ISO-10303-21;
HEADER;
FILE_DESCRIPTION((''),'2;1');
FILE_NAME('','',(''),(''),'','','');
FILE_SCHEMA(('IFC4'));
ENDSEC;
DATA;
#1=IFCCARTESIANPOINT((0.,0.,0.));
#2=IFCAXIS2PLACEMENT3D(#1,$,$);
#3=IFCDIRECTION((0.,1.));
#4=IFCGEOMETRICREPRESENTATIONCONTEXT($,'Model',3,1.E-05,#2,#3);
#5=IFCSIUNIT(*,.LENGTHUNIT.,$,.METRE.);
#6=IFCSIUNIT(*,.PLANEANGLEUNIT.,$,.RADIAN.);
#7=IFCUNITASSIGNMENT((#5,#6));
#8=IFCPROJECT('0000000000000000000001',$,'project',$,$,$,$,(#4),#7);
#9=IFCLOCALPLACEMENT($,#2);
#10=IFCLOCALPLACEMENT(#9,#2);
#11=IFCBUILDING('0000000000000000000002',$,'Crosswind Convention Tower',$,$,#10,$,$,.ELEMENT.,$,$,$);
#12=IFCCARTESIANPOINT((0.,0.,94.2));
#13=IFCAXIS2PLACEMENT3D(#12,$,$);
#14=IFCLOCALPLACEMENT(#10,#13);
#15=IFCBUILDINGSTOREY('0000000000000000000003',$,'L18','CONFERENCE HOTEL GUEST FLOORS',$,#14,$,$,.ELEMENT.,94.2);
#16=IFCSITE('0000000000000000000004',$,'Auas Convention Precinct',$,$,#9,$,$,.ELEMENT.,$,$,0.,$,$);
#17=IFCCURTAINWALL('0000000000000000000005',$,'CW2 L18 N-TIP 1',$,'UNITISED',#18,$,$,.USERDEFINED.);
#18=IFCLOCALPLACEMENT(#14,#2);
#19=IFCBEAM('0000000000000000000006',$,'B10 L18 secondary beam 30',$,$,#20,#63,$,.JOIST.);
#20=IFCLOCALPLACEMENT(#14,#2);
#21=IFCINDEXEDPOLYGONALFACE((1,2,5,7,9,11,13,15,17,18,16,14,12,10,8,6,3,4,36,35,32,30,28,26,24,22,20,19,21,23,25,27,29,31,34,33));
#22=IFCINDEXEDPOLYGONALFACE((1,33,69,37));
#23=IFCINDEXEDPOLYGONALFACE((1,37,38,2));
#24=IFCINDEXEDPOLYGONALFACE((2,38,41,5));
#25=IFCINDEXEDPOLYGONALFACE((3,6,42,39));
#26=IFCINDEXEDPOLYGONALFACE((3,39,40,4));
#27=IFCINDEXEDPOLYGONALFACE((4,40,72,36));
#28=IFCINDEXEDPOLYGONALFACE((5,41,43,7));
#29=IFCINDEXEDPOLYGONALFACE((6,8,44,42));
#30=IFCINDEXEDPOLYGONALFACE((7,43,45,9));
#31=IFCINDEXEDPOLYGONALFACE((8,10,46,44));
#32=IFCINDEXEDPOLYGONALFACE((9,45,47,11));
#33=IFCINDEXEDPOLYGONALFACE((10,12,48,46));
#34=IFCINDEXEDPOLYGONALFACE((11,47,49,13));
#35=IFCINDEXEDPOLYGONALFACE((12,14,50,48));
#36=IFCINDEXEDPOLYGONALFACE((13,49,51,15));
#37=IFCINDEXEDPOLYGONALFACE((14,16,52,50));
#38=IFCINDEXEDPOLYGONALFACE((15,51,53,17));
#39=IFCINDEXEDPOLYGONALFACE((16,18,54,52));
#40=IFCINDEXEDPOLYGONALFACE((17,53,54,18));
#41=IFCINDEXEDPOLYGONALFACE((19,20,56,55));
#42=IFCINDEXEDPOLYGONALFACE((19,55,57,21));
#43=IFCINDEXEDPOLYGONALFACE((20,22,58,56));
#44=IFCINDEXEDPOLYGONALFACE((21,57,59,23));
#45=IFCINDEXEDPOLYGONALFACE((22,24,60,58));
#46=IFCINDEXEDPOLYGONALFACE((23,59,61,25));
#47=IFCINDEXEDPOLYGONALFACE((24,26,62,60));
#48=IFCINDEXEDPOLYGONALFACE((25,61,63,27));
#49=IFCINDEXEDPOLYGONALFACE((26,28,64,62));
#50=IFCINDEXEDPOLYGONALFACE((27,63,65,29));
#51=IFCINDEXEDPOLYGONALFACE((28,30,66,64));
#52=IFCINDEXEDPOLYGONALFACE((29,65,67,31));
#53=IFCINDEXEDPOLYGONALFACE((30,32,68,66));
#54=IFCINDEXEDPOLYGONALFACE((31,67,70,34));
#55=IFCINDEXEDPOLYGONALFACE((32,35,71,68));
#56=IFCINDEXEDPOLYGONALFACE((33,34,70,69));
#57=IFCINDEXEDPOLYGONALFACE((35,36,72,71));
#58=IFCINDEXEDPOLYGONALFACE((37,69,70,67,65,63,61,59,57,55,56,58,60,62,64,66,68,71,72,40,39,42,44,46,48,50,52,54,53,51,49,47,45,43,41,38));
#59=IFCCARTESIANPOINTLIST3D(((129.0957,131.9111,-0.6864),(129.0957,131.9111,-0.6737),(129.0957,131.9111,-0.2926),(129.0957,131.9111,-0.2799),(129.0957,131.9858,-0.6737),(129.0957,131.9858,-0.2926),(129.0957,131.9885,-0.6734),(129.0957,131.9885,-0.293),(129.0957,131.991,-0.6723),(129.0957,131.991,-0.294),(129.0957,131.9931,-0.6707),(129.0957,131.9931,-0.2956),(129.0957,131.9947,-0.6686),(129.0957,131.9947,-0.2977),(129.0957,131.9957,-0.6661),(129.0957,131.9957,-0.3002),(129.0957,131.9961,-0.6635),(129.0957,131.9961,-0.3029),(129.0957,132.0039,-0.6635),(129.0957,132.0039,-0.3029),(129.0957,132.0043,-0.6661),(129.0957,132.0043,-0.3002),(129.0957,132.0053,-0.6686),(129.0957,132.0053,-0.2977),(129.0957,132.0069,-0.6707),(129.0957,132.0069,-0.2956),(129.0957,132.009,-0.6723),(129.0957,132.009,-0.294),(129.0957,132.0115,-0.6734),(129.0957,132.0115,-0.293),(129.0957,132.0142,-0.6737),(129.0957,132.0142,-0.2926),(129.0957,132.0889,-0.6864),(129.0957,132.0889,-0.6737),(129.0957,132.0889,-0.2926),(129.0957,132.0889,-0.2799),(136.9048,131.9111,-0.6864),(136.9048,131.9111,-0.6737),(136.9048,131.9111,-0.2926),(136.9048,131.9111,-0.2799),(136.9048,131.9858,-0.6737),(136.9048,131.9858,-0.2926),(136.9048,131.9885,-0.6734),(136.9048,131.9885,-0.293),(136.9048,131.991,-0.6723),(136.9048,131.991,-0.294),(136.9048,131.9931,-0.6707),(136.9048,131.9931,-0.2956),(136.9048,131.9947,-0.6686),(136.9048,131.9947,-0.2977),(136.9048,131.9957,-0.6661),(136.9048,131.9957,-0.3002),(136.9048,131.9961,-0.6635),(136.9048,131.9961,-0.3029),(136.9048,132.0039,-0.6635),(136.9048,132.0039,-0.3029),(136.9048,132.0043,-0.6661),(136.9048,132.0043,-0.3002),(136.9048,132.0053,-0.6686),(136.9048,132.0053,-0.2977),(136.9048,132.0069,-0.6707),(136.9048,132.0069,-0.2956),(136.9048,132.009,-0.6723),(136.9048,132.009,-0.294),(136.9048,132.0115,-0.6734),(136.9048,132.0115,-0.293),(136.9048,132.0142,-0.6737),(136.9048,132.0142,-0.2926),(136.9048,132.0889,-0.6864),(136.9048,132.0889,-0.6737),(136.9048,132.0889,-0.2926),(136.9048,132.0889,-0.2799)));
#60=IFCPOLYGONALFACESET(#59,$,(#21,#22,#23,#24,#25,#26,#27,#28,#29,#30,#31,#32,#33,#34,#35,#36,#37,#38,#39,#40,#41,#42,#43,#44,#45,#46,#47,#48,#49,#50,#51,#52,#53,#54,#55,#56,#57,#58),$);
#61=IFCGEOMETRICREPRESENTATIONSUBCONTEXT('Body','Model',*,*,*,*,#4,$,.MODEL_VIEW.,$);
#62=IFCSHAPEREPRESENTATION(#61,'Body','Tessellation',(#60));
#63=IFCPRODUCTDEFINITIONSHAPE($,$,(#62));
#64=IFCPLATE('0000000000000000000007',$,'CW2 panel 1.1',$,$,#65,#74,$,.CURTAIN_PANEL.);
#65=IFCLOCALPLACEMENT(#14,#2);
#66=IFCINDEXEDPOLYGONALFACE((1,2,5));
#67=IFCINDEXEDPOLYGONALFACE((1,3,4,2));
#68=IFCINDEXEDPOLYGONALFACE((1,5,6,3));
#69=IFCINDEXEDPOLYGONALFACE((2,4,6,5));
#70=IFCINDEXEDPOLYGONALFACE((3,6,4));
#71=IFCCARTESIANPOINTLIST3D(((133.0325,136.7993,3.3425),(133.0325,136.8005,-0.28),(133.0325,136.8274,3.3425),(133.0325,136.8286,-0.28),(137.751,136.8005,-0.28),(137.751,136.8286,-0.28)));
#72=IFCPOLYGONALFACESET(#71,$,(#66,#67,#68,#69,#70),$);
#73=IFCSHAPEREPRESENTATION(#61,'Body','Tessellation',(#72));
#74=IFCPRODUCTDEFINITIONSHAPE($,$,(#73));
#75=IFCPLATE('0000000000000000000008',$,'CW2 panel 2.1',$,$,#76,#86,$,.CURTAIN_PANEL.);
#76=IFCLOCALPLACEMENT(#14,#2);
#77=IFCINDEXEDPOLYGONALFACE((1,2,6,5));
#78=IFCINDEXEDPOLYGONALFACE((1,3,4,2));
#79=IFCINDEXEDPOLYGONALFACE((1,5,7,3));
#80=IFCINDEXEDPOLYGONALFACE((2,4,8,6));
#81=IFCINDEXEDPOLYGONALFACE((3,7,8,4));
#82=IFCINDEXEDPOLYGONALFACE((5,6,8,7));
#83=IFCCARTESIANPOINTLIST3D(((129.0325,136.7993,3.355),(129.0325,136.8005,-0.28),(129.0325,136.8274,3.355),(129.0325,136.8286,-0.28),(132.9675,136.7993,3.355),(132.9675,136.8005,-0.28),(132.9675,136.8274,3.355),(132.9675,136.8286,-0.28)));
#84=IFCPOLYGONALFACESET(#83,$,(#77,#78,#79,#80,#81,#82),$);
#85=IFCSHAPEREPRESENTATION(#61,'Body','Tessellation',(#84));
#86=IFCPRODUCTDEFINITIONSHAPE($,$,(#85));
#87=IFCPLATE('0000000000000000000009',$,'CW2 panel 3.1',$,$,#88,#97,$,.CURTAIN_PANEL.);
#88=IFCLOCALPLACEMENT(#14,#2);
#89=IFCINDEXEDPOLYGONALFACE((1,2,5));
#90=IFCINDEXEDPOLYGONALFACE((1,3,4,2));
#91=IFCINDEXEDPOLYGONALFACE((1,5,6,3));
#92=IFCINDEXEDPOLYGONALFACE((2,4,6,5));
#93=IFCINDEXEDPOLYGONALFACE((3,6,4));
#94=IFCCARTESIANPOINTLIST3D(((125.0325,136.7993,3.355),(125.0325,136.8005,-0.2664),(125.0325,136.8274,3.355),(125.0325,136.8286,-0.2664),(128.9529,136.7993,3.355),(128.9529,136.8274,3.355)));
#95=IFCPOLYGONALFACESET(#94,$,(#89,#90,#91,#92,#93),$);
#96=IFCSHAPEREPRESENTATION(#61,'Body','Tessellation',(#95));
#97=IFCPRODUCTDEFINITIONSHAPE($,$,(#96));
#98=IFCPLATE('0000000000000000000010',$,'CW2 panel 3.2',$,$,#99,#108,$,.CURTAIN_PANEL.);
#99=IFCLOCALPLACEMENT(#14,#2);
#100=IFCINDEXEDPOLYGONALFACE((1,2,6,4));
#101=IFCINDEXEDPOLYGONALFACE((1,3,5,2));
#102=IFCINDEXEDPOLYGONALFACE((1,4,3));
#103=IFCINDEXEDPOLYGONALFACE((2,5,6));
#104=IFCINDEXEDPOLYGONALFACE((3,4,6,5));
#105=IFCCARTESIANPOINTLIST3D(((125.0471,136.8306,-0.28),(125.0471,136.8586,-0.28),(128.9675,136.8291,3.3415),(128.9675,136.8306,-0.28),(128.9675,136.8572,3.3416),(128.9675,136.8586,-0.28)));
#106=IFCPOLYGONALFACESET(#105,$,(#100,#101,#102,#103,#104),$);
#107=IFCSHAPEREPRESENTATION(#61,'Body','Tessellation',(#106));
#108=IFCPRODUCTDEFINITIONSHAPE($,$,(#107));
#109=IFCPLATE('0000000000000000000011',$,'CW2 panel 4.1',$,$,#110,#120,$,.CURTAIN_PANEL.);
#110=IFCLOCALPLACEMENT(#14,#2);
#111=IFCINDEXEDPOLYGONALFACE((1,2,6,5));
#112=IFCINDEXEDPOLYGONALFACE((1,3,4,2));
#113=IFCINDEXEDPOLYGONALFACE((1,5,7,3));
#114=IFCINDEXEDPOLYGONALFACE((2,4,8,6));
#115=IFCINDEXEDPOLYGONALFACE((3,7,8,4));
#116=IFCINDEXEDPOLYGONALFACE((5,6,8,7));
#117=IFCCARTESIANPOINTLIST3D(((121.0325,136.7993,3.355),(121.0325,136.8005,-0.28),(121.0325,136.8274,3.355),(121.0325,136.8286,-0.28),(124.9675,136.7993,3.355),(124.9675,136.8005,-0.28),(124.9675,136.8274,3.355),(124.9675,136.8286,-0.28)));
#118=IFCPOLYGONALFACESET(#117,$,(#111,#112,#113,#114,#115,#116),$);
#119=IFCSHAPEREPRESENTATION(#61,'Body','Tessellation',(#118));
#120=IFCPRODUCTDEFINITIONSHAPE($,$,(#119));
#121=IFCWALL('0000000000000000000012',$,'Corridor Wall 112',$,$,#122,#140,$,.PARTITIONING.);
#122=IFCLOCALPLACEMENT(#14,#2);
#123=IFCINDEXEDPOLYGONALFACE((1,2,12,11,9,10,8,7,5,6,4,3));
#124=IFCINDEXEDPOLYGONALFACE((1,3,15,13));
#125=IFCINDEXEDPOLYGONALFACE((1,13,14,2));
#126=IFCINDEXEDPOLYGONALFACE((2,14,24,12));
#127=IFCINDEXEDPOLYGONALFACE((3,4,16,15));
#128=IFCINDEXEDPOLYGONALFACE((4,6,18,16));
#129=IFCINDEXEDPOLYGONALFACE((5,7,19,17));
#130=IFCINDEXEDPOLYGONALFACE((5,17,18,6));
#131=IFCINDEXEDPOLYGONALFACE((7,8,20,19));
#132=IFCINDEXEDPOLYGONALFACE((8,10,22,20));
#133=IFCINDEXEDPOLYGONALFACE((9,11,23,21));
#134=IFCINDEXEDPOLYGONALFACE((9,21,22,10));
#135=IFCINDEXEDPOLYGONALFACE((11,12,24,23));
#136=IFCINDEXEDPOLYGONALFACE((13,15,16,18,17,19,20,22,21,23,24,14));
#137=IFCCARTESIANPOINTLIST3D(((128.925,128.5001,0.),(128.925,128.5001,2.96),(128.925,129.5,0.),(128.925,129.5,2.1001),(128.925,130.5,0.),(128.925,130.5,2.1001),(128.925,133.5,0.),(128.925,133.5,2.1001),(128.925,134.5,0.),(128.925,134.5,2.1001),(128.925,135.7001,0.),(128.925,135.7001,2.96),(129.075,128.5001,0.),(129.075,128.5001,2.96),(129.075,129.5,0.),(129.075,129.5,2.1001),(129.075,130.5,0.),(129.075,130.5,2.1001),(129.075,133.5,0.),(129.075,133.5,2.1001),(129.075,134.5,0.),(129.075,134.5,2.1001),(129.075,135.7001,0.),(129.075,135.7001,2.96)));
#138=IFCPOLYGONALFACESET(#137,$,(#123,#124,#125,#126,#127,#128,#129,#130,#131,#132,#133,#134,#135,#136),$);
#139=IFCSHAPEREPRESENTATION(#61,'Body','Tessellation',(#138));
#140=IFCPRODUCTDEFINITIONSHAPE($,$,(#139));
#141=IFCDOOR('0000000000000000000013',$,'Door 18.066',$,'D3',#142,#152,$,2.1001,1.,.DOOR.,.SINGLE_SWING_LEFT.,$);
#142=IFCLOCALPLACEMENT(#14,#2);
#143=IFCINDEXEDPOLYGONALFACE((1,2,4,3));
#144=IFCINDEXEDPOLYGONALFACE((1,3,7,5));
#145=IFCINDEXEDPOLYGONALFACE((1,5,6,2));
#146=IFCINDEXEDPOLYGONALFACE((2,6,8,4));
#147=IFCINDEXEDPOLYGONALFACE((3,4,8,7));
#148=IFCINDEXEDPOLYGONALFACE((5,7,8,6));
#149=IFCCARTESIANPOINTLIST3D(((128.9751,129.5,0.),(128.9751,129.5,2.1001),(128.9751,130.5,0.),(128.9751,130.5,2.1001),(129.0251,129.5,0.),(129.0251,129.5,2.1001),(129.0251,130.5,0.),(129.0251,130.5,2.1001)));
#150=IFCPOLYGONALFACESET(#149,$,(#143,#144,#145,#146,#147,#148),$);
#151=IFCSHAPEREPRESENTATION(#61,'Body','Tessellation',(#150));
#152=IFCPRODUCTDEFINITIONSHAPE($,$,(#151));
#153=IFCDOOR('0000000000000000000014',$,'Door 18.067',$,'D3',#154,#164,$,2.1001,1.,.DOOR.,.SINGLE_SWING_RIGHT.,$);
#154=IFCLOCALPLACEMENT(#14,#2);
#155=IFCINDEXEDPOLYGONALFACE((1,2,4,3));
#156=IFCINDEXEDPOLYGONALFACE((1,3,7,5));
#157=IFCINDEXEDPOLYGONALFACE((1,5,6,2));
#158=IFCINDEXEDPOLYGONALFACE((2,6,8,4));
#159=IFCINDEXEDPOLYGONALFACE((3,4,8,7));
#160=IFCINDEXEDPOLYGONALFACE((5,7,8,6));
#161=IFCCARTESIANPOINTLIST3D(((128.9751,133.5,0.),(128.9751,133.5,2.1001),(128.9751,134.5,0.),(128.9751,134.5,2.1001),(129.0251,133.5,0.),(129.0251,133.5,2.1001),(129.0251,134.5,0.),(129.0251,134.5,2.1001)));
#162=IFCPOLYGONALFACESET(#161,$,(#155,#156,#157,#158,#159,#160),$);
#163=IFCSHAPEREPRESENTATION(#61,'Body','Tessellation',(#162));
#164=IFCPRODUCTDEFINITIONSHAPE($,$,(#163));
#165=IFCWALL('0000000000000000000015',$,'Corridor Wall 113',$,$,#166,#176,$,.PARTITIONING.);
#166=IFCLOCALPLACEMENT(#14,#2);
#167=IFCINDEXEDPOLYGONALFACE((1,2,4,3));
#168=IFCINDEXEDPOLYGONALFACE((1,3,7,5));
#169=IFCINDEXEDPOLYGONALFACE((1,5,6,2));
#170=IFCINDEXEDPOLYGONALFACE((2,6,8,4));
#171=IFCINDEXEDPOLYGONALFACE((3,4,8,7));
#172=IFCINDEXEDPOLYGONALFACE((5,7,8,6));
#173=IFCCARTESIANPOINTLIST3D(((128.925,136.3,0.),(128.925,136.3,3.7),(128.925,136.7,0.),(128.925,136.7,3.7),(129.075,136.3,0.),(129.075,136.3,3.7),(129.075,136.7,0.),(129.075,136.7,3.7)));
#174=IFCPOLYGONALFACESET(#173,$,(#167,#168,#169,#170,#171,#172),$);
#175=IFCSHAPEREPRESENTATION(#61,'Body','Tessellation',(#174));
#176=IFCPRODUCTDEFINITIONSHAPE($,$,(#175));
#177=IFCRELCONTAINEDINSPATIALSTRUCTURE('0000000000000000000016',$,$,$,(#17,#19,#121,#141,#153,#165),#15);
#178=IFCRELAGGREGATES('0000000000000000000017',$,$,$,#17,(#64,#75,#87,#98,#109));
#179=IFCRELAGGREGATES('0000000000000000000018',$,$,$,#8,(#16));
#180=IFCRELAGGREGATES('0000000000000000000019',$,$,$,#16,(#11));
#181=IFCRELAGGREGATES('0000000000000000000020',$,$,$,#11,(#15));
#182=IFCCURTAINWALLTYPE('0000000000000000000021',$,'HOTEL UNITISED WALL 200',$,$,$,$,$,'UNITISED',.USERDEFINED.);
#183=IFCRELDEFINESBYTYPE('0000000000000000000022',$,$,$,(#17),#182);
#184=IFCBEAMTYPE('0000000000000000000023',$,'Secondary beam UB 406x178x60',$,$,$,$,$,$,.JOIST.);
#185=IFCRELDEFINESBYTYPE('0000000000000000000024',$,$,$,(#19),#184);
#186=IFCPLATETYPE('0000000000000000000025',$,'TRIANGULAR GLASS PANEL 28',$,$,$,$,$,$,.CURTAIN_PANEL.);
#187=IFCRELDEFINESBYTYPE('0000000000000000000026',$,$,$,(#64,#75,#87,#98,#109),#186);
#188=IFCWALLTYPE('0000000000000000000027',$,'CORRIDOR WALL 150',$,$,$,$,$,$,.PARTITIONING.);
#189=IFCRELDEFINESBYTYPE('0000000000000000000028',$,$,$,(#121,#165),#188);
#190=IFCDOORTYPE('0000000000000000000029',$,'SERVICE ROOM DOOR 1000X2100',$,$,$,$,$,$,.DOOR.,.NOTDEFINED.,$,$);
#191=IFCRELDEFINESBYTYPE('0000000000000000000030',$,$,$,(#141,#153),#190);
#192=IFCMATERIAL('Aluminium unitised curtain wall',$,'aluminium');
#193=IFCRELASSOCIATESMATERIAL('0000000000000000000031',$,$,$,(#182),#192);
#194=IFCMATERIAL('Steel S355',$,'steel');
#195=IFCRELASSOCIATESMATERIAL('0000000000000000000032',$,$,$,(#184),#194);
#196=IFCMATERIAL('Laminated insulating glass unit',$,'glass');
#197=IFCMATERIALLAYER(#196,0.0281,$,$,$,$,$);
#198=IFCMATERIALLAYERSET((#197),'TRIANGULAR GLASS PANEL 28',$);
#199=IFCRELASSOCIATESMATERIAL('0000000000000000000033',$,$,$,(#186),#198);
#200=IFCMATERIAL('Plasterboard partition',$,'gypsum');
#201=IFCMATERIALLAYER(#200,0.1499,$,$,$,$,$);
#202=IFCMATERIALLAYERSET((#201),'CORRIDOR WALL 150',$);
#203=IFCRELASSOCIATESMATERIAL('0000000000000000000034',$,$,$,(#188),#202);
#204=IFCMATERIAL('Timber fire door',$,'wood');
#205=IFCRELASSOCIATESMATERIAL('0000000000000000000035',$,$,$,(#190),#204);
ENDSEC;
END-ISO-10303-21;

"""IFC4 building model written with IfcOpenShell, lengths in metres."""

from ifc_helpers import new_model, si_unit, direction, frame, frame_2d, origin, origin_2d, place, context, subcontext, project, spatial, polyline, rectangle, i_section, outline, extrude, material, layer, layer_set, material_profile, profile_set, type_object, element, fill, aggregate, save


model = new_model("IFC4")

# Units and contexts
model_context = context("Model", 3, precision=1e-05, world=origin(), true_north=direction((0.0, 1.0)))
body_context = subcontext(model_context, "Body", "Model", "MODEL_VIEW")
ifc_project = project(units=[si_unit("LENGTHUNIT", "METRE"), si_unit("PLANEANGLEUNIT", "RADIAN")], contexts=[model_context])

# Site, building, storey
site_placement = place(None, origin())
site = spatial("IfcSite", under=ifc_project, at=site_placement, Name="Auas Convention Precinct", CompositionType="ELEMENT", RefElevation=0.0)
building_placement = place(site_placement, origin())
building = spatial("IfcBuilding", under=site, at=building_placement, Name="Crosswind Convention Tower", CompositionType="ELEMENT")
storey_placement = place(building_placement, frame((0.0, 0.0, 94.2)))
storey = spatial("IfcBuildingStorey", under=building, at=storey_placement, Name="L18", Description="CONFERENCE HOTEL GUEST FLOORS", CompositionType="ELEMENT", Elevation=94.2)

# Shared definitions
ifc_material_1 = material(Name="Steel S355", Category="steel")

# Curtain wall
ifc_material_2 = material(Name="Aluminium unitised curtain wall", Category="aluminium")
curtain_wall_type = type_object("IfcCurtainWallType", Name="HOTEL UNITISED WALL 200", ElementType="UNITISED", PredefinedType="USERDEFINED", material=ifc_material_2)
curtain_wall_placement = place(storey_placement, origin())
curtain_wall = element("IfcCurtainWall", 1, at=curtain_wall_placement, inside=storey, type_object=curtain_wall_type, Name="CW2 L18 N-TIP 1", ObjectType="UNITISED", PredefinedType="USERDEFINED")

# Beam
ifc_material_profile_1 = material_profile(ifc_material_1, i_section(OverallWidth=0.1777, OverallDepth=0.4065, WebThickness=0.0078, FlangeThickness=0.0127, FilletRadius=0.0103, at=origin_2d()), Name="UB 406x178x60")
ifc_profile_set_1 = profile_set([ifc_material_profile_1], Name="Steel S355")
beam_type_1 = type_object("IfcBeamType", Name="Secondary beam UB 406x178x60", PredefinedType="JOIST", material=ifc_profile_set_1)
beam_1_placement = place(storey_placement, frame((129.0957, 132.0, -0.4832), z_axis=(1.0, 0.0, 0.0), x_axis=(0.0, 1.0, 0.0)))
element("IfcBeam", 2, at=beam_1_placement, inside=storey, type_object=beam_type_1, Name="B10 L18 secondary beam 30", PredefinedType="JOIST", context=body_context, shape_type="SweptSolid", body=[
    extrude(i_section(OverallWidth=0.1777, OverallDepth=0.4065, WebThickness=0.0078, FlangeThickness=0.0127, FilletRadius=0.0103, at=origin_2d()), origin(), (0.0, 0.0, 1.0), 7.8091),
])

# Plates
ifc_material_3 = material(Name="Laminated insulating glass unit", Category="glass")
ifc_layer_1 = layer(ifc_material_3, 0.0281)
ifc_layer_set_1 = layer_set([ifc_layer_1], Name="TRIANGULAR GLASS PANEL 28")
plate_type = type_object("IfcPlateType", Name="TRIANGULAR GLASS PANEL 28", PredefinedType="CURTAIN_PANEL", material=ifc_layer_set_1)
plate_1_placement = place(storey_placement, frame((133.0325, 136.8286, -0.28), z_axis=(0.0, 1.0, 0.000337), x_axis=(0.0, -0.000337, 1.0)))
plate_1 = element("IfcPlate", 3, at=plate_1_placement, type_object=plate_type, Name="CW2 panel 1.1", PredefinedType="CURTAIN_PANEL", context=body_context, shape_type="SweptSolid", body=[
    extrude(outline(polyline([(0.0, 0.0), (3.6226, 0.0), (0.0, 4.7185), (0.0, 0.0)])), origin(), (0.0, 0.0, -1.0), 0.0281),
])
plate_2_placement = place(storey_placement, frame((132.9675, 136.8286, -0.28), z_axis=(0.0, 1.0, 0.000336), x_axis=(-1.0, 0.0, 0.0)))
plate_2 = element("IfcPlate", 4, at=plate_2_placement, type_object=plate_type, Name="CW2 panel 2.1", PredefinedType="CURTAIN_PANEL", context=body_context, shape_type="SweptSolid", body=[
    extrude(outline(polyline([(0.0, 0.0), (3.9351, 0.0), (3.9351, 3.635), (0.0, 3.635), (0.0, 0.0)])), origin(), (0.0, 0.0, -1.0), 0.0281),
])
plate_3_placement = place(storey_placement, frame((125.0325, 136.8274, 3.355), z_axis=(0.0, 1.0, 0.000337), x_axis=(1.0, 0.0, 0.0)))
plate_3 = element("IfcPlate", 5, at=plate_3_placement, type_object=plate_type, Name="CW2 panel 3.1", PredefinedType="CURTAIN_PANEL", context=body_context, shape_type="SweptSolid", body=[
    extrude(outline(polyline([(0.0, 0.0), (3.9204, 0.0), (0.0, 3.6213), (0.0, 0.0)])), origin(), (0.0, 0.0, -1.0), 0.0281),
])
plate_4_placement = place(storey_placement, frame((128.9675, 136.8586, -0.28), z_axis=(0.0, 1.0, 0.000404), x_axis=(-1.0, 0.0, 0.0)))
plate_4 = element("IfcPlate", 6, at=plate_4_placement, type_object=plate_type, Name="CW2 panel 3.2", PredefinedType="CURTAIN_PANEL", context=body_context, shape_type="SweptSolid", body=[
    extrude(outline(polyline([(0.0, 0.0), (3.9204, 0.0), (0.0, 3.6216), (0.0, 0.0)])), origin(), (0.0, 0.0, -1.0), 0.0281),
])
plate_5_placement = place(storey_placement, frame((124.9675, 136.8286, -0.28), z_axis=(0.0, 1.0, 0.000336), x_axis=(-1.0, 0.0, 0.0)))
plate_5 = element("IfcPlate", 7, at=plate_5_placement, type_object=plate_type, Name="CW2 panel 4.1", PredefinedType="CURTAIN_PANEL", context=body_context, shape_type="SweptSolid", body=[
    extrude(outline(polyline([(0.0, 0.0), (3.9351, 0.0), (3.9351, 3.635), (0.0, 3.635), (0.0, 0.0)])), origin(), (0.0, 0.0, -1.0), 0.0281),
])
aggregate(curtain_wall, [plate_1, plate_2, plate_3, plate_4, plate_5])

# Wall, openings, doors
ifc_material_4 = material(Name="Plasterboard partition", Category="gypsum")
ifc_layer_2 = layer(ifc_material_4, 0.1499)
ifc_layer_set_2 = layer_set([ifc_layer_2], Name="CORRIDOR WALL 150")
wall_type_1 = type_object("IfcWallType", Name="CORRIDOR WALL 150", PredefinedType="PARTITIONING", material=ifc_layer_set_2)
wall_1_placement = place(storey_placement, frame((129.0, 128.5, 0.0), z_axis=(0.0, 0.0, 1.0), x_axis=(0.0, 1.0, 0.0)))
wall_1 = element("IfcWall", 8, at=wall_1_placement, inside=storey, type_object=wall_type_1, Name="Corridor Wall 112", PredefinedType="PARTITIONING", context=body_context, shape_type="SweptSolid", body=[
    extrude(rectangle(XDim=7.2, YDim=0.1499, at=frame_2d((3.6001, 0.0))), origin(), (0.0, 0.0, 1.0), 2.96),
])
opening_1_placement = place(wall_1_placement, frame((1.0, 0.0, 0.0)))
opening_1 = element("IfcOpeningElement", 9, at=opening_1_placement, cuts=wall_1, PredefinedType="OPENING", context=body_context, shape_type="SweptSolid", body=[
    extrude(rectangle(XDim=1.0, YDim=2.1001, at=frame_2d((0.5, 1.05))), frame((0.0, 0.085, 0.0), z_axis=(0.0, -1.0, 0.0), x_axis=(1.0, 0.0, 0.0)), (0.0, 0.0, 1.0), 0.1699),
])
opening_2_placement = place(wall_1_placement, frame((5.0, 0.0, 0.0)))
opening_2 = element("IfcOpeningElement", 10, at=opening_2_placement, cuts=wall_1, PredefinedType="OPENING", context=body_context, shape_type="SweptSolid", body=[
    extrude(rectangle(XDim=1.0, YDim=2.1001, at=frame_2d((0.5, 1.05))), frame((0.0, 0.085, 0.0), z_axis=(0.0, -1.0, 0.0), x_axis=(1.0, 0.0, 0.0)), (0.0, 0.0, 1.0), 0.1699),
])
ifc_material_5 = material(Name="Timber fire door", Category="wood")
door_type = type_object("IfcDoorType", Name="SERVICE ROOM DOOR 1000X2100", OperationType="NOTDEFINED", PredefinedType="DOOR", material=ifc_material_5)
door_1_placement = place(opening_1_placement, origin())
door_1 = element("IfcDoor", 11, at=door_1_placement, inside=storey, type_object=door_type, Name="Door 18.066", ObjectType="D3", OperationType="SINGLE_SWING_LEFT", OverallHeight=2.1001, OverallWidth=1.0, PredefinedType="DOOR", context=body_context, shape_type="SweptSolid", body=[
    extrude(rectangle(XDim=1.0, YDim=2.1001, at=frame_2d((0.5, 1.05))), frame((0.0, 0.0249, 0.0), z_axis=(0.0, -1.0, 0.0), x_axis=(1.0, 0.0, 0.0)), (0.0, 0.0, 1.0), 0.05),
])
fill(opening_1, door_1)
door_2_placement = place(opening_2_placement, origin())
door_2 = element("IfcDoor", 12, at=door_2_placement, inside=storey, type_object=door_type, Name="Door 18.067", ObjectType="D3", OperationType="SINGLE_SWING_RIGHT", OverallHeight=2.1001, OverallWidth=1.0, PredefinedType="DOOR", context=body_context, shape_type="SweptSolid", body=[
    extrude(rectangle(XDim=1.0, YDim=2.1001, at=frame_2d((0.5, 1.05))), frame((0.0, 0.0249, 0.0), z_axis=(0.0, -1.0, 0.0), x_axis=(1.0, 0.0, 0.0)), (0.0, 0.0, 1.0), 0.05),
])
fill(opening_2, door_2)

# Wall
wall_2_placement = place(storey_placement, frame((129.0, 136.3, 0.0), z_axis=(0.0, 0.0, 1.0), x_axis=(0.0, 1.0, 0.0)))
element("IfcWall", 13, at=wall_2_placement, inside=storey, type_object=wall_type_1, Name="Corridor Wall 113", PredefinedType="PARTITIONING", context=body_context, shape_type="SweptSolid", body=[
    extrude(rectangle(XDim=0.3999, YDim=0.1499, at=frame_2d((0.2, 0.0))), origin(), (0.0, 0.0, 1.0), 3.7),
])

save(model, "model.ifc")
